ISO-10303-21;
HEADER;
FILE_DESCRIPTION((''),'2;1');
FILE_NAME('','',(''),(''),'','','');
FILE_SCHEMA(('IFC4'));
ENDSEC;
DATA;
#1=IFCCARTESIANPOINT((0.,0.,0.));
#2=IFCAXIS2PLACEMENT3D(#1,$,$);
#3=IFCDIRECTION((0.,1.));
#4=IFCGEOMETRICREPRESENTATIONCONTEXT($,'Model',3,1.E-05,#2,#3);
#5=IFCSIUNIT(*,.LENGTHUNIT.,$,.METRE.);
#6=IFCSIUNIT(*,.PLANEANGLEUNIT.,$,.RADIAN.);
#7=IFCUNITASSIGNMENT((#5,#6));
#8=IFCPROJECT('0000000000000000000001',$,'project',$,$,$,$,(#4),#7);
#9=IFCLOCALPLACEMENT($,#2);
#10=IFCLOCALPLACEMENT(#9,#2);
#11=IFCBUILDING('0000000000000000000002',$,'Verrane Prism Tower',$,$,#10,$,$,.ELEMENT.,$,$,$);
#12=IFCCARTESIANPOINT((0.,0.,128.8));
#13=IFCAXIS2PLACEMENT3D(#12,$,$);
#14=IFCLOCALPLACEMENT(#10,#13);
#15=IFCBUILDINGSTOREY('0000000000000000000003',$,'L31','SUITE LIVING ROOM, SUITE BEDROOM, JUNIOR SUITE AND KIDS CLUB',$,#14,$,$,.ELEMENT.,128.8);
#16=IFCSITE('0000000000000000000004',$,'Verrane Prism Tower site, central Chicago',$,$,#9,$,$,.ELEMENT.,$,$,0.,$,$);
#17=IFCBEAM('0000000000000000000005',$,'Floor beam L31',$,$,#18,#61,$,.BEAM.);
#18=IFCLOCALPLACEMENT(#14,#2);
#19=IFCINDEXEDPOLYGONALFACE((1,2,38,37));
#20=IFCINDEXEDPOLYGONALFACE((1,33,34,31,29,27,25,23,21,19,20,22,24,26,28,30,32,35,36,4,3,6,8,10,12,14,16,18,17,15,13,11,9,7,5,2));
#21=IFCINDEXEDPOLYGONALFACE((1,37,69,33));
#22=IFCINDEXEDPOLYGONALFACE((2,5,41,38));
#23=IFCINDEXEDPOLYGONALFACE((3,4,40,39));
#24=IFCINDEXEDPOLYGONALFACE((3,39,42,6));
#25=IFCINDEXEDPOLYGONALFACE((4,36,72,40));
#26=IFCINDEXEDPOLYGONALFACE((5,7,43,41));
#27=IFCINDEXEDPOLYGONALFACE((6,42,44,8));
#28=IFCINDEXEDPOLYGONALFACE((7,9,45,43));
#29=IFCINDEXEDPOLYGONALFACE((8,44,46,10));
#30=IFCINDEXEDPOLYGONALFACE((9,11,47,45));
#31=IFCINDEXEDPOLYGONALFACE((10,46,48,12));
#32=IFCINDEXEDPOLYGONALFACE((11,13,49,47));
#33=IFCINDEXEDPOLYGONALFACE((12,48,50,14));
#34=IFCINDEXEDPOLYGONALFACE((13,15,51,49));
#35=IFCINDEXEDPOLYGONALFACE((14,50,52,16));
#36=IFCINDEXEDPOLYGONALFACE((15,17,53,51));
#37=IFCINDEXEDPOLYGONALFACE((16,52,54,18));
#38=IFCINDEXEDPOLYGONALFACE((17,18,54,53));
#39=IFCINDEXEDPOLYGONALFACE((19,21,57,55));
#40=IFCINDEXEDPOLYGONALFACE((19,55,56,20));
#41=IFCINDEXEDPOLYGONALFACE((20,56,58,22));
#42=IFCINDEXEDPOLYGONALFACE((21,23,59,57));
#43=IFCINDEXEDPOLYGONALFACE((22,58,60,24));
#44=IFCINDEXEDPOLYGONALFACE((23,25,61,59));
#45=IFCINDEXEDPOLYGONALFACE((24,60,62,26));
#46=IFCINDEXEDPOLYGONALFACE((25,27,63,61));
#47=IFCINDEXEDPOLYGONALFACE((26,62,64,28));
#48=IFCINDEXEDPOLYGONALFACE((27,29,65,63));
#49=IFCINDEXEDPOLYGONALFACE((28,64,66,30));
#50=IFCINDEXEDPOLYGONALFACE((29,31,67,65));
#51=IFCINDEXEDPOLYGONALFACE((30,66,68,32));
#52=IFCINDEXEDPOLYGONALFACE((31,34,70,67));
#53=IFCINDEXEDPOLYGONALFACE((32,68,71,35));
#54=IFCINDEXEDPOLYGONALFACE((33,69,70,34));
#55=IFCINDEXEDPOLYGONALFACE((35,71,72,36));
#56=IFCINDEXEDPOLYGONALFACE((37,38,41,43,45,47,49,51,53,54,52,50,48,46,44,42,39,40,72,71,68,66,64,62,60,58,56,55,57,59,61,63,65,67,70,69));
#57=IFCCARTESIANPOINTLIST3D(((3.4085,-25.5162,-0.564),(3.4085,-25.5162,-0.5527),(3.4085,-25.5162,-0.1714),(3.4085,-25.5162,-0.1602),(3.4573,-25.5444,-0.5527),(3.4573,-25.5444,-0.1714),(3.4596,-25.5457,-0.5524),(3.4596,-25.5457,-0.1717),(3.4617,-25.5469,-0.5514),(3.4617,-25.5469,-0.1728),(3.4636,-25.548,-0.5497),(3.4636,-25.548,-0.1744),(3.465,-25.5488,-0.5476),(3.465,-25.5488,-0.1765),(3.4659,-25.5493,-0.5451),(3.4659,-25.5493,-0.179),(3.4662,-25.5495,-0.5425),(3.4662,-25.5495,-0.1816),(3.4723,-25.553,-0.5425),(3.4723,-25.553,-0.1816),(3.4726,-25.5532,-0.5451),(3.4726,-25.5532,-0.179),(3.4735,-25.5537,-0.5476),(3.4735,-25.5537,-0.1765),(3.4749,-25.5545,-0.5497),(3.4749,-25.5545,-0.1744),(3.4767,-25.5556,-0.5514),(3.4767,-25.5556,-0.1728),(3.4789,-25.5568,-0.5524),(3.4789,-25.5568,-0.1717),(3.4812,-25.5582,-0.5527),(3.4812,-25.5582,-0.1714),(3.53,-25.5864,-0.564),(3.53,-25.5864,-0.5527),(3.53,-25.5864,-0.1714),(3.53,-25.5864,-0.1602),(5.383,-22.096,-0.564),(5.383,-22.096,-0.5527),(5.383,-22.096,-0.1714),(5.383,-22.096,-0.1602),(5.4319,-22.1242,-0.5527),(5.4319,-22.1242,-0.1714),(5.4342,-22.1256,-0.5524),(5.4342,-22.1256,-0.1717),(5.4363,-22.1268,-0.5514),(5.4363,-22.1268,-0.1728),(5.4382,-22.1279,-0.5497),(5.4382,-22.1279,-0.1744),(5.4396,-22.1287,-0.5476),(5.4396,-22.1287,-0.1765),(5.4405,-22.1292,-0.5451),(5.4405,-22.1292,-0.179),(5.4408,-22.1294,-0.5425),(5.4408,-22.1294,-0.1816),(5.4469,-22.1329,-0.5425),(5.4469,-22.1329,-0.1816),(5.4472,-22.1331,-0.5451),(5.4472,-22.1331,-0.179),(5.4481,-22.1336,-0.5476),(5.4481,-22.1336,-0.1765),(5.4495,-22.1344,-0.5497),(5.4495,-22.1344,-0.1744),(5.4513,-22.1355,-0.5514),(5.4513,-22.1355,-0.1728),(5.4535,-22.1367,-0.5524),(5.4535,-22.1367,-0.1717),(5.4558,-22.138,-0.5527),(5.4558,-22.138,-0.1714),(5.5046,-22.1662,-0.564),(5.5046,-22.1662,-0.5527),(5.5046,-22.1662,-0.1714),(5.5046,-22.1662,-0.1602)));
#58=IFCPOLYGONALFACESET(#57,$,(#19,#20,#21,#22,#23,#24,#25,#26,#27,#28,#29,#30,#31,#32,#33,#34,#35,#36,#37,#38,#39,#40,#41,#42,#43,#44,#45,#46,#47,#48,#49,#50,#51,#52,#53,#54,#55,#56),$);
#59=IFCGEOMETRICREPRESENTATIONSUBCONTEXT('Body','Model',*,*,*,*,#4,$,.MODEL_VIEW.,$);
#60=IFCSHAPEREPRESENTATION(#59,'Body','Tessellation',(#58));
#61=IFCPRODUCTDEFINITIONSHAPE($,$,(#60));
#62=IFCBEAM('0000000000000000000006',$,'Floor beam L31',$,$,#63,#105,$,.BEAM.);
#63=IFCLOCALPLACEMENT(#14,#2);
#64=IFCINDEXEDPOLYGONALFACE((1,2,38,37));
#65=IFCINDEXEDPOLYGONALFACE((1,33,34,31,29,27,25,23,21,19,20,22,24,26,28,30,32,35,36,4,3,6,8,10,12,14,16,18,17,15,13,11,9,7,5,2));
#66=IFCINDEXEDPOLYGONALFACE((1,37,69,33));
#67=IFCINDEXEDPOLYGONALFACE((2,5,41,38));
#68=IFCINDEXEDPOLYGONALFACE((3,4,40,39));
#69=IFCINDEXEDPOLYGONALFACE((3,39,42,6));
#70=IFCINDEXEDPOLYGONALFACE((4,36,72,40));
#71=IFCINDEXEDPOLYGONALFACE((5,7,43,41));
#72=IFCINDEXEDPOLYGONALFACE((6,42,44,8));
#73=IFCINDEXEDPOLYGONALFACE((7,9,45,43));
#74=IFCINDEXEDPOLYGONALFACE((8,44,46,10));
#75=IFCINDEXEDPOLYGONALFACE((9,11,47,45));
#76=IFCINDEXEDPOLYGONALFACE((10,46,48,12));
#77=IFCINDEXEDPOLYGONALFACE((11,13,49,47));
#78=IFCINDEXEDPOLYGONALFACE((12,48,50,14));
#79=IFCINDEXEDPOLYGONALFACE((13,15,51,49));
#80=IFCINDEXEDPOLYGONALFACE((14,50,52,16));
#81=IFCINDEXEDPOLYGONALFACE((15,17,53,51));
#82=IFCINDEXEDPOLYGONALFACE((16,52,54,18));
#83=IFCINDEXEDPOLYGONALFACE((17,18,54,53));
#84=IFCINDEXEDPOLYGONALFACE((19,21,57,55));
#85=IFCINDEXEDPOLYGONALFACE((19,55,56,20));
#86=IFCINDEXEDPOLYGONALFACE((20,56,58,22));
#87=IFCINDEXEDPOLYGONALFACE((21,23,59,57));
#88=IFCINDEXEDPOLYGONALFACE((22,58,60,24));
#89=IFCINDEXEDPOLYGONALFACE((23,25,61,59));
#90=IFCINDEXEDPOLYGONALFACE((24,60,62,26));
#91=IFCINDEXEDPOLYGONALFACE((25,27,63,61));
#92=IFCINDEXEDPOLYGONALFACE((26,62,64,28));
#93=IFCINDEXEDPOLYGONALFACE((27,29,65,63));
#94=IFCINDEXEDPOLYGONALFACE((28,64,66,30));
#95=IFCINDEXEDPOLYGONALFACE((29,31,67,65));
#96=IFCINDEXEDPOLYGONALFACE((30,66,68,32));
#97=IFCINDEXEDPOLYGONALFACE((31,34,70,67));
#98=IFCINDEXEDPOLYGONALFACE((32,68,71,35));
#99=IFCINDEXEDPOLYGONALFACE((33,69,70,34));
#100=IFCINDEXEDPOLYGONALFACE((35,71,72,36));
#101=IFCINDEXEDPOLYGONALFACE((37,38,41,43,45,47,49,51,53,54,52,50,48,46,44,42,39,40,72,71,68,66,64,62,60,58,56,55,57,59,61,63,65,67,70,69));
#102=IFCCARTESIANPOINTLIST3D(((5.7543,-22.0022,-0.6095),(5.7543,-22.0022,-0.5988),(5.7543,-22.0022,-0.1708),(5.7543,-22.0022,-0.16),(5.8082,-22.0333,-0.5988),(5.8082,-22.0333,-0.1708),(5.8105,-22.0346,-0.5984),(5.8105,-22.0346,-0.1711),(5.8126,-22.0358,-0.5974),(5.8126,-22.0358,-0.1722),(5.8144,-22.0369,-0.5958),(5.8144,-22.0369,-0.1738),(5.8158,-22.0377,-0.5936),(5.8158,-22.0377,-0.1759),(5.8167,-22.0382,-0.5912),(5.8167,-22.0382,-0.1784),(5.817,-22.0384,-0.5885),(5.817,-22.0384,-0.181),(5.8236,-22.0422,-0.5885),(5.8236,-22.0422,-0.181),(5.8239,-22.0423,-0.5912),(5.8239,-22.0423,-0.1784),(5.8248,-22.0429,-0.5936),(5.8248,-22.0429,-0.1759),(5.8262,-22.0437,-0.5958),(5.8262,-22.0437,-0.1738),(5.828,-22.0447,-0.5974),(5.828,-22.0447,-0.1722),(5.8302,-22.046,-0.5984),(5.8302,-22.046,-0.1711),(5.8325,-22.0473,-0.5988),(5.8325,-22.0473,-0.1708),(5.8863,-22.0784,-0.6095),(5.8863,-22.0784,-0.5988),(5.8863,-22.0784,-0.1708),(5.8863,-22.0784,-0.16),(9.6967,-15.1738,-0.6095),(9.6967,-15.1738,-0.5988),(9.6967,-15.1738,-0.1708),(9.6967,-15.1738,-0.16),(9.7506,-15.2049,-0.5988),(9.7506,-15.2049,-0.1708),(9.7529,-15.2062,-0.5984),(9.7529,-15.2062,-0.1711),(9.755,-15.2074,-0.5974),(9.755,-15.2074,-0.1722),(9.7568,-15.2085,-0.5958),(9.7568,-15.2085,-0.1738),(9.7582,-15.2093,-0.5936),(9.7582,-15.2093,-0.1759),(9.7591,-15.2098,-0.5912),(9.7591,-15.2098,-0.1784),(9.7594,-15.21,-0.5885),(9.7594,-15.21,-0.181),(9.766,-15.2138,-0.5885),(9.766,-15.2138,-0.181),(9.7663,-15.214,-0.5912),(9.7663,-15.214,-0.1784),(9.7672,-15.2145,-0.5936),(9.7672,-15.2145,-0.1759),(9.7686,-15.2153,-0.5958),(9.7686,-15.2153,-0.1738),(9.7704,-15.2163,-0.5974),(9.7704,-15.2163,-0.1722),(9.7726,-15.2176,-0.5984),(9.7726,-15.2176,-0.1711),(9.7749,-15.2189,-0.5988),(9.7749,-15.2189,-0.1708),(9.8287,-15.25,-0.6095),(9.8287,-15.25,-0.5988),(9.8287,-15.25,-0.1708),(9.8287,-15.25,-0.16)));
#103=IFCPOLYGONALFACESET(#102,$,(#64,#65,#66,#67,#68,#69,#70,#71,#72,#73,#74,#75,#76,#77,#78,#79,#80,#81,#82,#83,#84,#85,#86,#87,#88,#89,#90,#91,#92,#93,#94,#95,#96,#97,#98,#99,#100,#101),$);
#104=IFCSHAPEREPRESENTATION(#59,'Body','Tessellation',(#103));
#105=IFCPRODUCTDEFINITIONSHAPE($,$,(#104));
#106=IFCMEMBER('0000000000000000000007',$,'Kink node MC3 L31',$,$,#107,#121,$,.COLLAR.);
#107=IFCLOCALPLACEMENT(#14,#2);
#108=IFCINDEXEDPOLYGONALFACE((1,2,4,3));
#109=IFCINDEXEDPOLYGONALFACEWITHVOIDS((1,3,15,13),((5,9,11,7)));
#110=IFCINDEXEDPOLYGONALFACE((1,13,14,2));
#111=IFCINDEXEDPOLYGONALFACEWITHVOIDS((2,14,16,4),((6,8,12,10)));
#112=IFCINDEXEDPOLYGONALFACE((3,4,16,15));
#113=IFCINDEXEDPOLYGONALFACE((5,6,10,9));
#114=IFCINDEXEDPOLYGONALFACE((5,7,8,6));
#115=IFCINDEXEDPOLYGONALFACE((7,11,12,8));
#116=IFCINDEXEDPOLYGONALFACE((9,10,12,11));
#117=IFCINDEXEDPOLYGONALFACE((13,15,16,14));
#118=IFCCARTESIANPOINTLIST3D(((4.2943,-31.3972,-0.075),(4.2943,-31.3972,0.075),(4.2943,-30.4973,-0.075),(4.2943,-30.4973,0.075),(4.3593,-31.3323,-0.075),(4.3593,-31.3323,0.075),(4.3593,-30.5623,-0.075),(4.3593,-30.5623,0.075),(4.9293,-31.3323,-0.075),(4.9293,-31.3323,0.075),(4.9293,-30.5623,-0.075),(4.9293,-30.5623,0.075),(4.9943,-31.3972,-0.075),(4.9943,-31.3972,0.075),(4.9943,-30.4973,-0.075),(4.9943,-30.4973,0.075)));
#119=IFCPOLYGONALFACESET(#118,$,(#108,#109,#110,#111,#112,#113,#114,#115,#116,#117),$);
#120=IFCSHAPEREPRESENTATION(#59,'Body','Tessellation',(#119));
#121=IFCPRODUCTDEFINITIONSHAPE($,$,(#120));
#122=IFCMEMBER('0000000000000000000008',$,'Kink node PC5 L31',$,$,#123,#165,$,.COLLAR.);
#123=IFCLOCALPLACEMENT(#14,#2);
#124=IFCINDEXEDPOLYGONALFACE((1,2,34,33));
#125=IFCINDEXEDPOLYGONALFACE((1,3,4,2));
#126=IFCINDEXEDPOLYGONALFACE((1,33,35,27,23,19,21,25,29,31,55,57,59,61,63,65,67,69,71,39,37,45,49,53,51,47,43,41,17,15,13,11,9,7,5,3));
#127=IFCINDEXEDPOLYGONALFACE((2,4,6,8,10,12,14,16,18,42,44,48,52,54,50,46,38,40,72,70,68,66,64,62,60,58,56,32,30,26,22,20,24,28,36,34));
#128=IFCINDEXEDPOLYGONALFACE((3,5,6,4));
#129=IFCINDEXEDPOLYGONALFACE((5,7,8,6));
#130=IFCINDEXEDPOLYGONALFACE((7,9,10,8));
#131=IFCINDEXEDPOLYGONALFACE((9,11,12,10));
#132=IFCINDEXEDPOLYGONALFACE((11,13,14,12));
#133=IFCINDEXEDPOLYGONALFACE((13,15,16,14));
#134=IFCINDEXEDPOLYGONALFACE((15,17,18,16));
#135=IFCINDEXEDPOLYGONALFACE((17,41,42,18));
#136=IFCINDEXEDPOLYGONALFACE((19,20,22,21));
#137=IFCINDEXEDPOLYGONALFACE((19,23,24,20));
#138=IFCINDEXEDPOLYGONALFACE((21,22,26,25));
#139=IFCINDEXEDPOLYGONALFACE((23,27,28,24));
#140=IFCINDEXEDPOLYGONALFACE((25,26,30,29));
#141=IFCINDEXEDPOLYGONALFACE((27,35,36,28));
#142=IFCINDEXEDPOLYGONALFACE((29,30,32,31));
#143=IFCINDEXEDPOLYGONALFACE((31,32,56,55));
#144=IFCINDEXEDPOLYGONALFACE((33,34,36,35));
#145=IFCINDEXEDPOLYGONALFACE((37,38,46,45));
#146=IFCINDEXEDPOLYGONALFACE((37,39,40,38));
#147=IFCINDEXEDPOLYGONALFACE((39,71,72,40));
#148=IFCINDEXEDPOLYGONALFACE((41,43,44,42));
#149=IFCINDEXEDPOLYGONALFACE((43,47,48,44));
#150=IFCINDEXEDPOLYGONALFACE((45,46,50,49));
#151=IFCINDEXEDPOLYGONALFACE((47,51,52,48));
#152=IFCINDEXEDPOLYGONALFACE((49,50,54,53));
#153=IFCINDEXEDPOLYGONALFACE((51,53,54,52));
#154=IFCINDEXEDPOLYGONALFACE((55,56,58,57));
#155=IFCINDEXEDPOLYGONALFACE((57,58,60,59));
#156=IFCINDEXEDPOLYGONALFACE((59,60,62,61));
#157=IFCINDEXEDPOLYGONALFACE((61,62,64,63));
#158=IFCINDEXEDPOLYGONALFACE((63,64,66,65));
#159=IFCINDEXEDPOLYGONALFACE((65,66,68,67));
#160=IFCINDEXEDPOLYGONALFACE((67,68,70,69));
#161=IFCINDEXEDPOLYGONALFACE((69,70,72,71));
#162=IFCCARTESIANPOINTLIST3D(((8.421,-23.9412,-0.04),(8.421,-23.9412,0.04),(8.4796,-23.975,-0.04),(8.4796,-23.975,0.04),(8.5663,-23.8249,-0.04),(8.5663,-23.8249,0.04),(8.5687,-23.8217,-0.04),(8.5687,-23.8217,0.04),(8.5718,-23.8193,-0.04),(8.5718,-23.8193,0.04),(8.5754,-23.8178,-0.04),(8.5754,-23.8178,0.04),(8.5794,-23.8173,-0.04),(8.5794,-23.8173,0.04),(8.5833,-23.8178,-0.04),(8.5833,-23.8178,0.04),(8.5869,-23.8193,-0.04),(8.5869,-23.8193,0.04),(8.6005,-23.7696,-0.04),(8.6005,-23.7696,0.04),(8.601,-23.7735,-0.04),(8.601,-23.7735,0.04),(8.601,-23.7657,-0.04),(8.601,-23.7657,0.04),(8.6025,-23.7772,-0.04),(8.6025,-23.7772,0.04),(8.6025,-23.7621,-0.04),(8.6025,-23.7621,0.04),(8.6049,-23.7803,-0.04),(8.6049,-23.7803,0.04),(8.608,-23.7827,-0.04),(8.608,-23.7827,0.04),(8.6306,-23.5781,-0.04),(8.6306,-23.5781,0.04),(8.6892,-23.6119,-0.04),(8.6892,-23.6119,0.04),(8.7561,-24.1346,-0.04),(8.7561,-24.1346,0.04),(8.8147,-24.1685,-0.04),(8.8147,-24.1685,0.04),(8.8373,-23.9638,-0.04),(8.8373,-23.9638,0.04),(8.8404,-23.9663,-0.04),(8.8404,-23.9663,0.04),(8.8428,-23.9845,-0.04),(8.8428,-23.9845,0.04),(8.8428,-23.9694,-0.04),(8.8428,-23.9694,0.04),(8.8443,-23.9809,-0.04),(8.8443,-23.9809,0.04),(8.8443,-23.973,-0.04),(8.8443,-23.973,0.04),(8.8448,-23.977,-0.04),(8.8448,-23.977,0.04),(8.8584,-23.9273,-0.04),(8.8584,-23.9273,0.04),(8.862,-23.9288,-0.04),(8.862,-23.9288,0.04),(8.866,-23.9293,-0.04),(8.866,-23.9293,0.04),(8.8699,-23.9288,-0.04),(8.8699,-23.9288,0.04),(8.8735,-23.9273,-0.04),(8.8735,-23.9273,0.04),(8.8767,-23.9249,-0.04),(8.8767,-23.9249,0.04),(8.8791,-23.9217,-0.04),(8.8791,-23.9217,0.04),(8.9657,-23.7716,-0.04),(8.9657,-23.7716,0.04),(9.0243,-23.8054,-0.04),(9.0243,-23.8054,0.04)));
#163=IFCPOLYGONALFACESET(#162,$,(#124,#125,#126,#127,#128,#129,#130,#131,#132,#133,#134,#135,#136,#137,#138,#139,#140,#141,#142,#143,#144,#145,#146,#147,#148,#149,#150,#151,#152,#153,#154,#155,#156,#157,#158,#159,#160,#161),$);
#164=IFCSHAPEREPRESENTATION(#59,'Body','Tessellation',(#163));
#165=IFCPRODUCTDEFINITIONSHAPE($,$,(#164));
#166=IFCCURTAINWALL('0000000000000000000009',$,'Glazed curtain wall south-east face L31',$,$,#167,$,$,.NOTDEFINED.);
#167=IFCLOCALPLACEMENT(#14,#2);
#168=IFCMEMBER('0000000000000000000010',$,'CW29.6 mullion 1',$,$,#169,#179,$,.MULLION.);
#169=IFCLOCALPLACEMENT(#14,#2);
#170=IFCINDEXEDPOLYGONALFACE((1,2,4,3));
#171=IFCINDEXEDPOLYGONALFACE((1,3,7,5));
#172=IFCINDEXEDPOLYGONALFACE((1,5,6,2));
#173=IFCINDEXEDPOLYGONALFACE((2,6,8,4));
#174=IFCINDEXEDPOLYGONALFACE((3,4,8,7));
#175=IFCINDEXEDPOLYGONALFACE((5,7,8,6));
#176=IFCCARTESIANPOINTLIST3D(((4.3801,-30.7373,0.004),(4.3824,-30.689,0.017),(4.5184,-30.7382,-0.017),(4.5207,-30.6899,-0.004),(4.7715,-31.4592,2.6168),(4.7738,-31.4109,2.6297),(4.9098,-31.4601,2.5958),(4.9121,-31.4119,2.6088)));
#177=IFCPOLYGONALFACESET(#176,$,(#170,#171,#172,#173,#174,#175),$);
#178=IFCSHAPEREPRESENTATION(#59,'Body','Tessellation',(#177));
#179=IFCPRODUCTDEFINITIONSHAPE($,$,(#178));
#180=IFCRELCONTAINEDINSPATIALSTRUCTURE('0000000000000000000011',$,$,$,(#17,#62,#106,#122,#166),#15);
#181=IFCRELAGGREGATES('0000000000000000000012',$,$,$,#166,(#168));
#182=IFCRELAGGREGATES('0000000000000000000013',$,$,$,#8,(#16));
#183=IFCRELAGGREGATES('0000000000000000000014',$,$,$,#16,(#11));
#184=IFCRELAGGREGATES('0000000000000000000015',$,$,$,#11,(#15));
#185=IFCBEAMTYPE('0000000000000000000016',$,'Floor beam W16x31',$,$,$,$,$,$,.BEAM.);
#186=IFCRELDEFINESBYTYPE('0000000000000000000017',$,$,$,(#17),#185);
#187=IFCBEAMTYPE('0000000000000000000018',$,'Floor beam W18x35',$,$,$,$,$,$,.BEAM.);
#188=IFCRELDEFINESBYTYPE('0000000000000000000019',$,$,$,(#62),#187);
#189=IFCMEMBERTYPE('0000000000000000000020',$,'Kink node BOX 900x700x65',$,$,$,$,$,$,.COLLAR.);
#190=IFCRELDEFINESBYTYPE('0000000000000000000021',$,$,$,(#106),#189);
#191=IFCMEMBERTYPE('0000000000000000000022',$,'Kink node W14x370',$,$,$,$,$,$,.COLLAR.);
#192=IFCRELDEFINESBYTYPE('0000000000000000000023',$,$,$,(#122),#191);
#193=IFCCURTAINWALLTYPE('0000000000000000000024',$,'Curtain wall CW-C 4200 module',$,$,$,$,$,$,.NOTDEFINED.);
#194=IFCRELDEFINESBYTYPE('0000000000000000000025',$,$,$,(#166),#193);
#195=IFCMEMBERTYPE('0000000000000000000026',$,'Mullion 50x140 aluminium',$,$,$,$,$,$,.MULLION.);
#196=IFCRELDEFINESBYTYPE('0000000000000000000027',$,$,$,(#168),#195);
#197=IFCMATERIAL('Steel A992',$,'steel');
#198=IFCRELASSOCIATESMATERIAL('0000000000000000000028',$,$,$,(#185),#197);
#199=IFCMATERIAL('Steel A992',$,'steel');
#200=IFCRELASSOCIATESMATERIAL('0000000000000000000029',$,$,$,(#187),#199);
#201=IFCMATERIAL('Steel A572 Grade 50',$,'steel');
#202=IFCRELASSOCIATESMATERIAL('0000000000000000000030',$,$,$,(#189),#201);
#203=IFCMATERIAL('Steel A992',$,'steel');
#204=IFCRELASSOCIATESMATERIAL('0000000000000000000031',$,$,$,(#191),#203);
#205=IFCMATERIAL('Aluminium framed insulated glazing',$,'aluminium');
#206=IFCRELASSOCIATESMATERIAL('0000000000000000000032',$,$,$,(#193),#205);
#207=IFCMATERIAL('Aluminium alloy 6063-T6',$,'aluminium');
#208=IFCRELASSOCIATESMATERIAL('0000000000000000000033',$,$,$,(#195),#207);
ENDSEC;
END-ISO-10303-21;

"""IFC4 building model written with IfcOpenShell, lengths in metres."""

from ifc_helpers import new_model, si_unit, direction, frame, origin, origin_2d, place, context, subcontext, project, spatial, rectangle, hollow_rectangle, i_section, extrude, material, material_profile, profile_set, type_object, element, aggregate, save


model = new_model("IFC4")

# Units and contexts
model_context = context("Model", 3, precision=1e-05, world=origin(), true_north=direction((0.0, 1.0)))
body_context = subcontext(model_context, "Body", "Model", "MODEL_VIEW")
ifc_project = project(units=[si_unit("LENGTHUNIT", "METRE"), si_unit("PLANEANGLEUNIT", "RADIAN")], contexts=[model_context])

# Site, building, storey
site_placement = place(None, origin())
site = spatial("IfcSite", under=ifc_project, at=site_placement, Name="Verrane Prism Tower site, central Chicago", CompositionType="ELEMENT", RefElevation=0.0)
building_placement = place(site_placement, origin())
building = spatial("IfcBuilding", under=site, at=building_placement, Name="Verrane Prism Tower", CompositionType="ELEMENT")
storey_placement = place(building_placement, frame((0.0, 0.0, 128.8)))
storey = spatial("IfcBuildingStorey", under=building, at=storey_placement, Name="L31", Description="SUITE LIVING ROOM, SUITE BEDROOM, JUNIOR SUITE AND KIDS CLUB", CompositionType="ELEMENT", Elevation=128.8)

# Beams
ifc_material_1 = material(Name="Steel A992", Category="steel")
ifc_material_profile_1 = material_profile(ifc_material_1, i_section(OverallWidth=0.1404, OverallDepth=0.4038, WebThickness=0.0071, FlangeThickness=0.0112, FilletRadius=0.0103, at=origin_2d()), Name="W16x31")
ifc_profile_set_1 = profile_set([ifc_material_profile_1], Name="Steel A992")
beam_type_1 = type_object("IfcBeamType", Name="Floor beam W16x31", PredefinedType="BEAM", material=ifc_profile_set_1)
beam_1_placement = place(storey_placement, frame((3.4692, -25.5513, -0.3621), z_axis=(0.499995, 0.866028, 0.0), x_axis=(-0.866028, 0.499995, 0.0)))
element("IfcBeam", 1, at=beam_1_placement, inside=storey, type_object=beam_type_1, Name="Floor beam L31", PredefinedType="BEAM", context=body_context, shape_type="SweptSolid", body=[
    extrude(i_section(OverallWidth=0.1404, OverallDepth=0.4038, WebThickness=0.0071, FlangeThickness=0.0112, FilletRadius=0.0103, at=origin_2d()), origin(), (0.0, 0.0, 1.0), 3.9492),
])
ifc_material_2 = material(Name="Steel A992", Category="steel")
ifc_material_profile_2 = material_profile(ifc_material_2, i_section(OverallWidth=0.1523, OverallDepth=0.4495, WebThickness=0.0076, FlangeThickness=0.0107, FilletRadius=0.0103, at=origin_2d()), Name="W18x35")
ifc_profile_set_2 = profile_set([ifc_material_profile_2], Name="Steel A992")
beam_type_2 = type_object("IfcBeamType", Name="Floor beam W18x35", PredefinedType="BEAM", material=ifc_profile_set_2)
beam_2_placement = place(storey_placement, frame((5.8203, -22.0403, -0.3848), z_axis=(0.500002, 0.866024, 0.0), x_axis=(-0.866024, 0.500002, 0.0)))
element("IfcBeam", 2, at=beam_2_placement, inside=storey, type_object=beam_type_2, Name="Floor beam L31", PredefinedType="BEAM", context=body_context, shape_type="SweptSolid", body=[
    extrude(i_section(OverallWidth=0.1523, OverallDepth=0.4495, WebThickness=0.0076, FlangeThickness=0.0107, FilletRadius=0.0103, at=origin_2d()), origin(), (0.0, 0.0, 1.0), 7.8848),
])

# Members
ifc_material_3 = material(Name="Steel A572 Grade 50", Category="steel")
ifc_material_profile_3 = material_profile(ifc_material_3, hollow_rectangle(XDim=0.7, YDim=0.8999, WallThickness=0.0649, at=origin_2d()), Name="BOX 900x700x65")
ifc_profile_set_3 = profile_set([ifc_material_profile_3], Name="Steel A572 Grade 50")
member_type_1 = type_object("IfcMemberType", Name="Kink node BOX 900x700x65", PredefinedType="COLLAR", material=ifc_profile_set_3)
member_1_placement = place(storey_placement, frame((4.6443, -30.9473, -0.075), z_axis=(0.0, 0.0, 1.0), x_axis=(-1.0, 0.0, 0.0)))
element("IfcMember", 3, at=member_1_placement, inside=storey, type_object=member_type_1, Name="Kink node MC3 L31", PredefinedType="COLLAR", context=body_context, shape_type="SweptSolid", body=[
    extrude(hollow_rectangle(XDim=0.7, YDim=0.8999, WallThickness=0.0649, at=origin_2d()), origin(), (0.0, 0.0, 1.0), 0.1499),
])
ifc_material_4 = material(Name="Steel A992", Category="steel")
ifc_material_profile_4 = material_profile(ifc_material_4, i_section(OverallWidth=0.4192, OverallDepth=0.4546, WebThickness=0.0422, FlangeThickness=0.0676, FilletRadius=0.0151, at=origin_2d()), Name="W14x370")
ifc_profile_set_4 = profile_set([ifc_material_profile_4], Name="Steel A992")
member_type_2 = type_object("IfcMemberType", Name="Kink node W14x370", PredefinedType="COLLAR", material=ifc_profile_set_4)
member_2_placement = place(storey_placement, frame((8.7227, -23.8733, -0.04), z_axis=(0.0, 0.0, 1.0), x_axis=(-0.5, -0.866025, 0.0)))
element("IfcMember", 4, at=member_2_placement, inside=storey, type_object=member_type_2, Name="Kink node PC5 L31", PredefinedType="COLLAR", context=body_context, shape_type="SweptSolid", body=[
    extrude(i_section(OverallWidth=0.4192, OverallDepth=0.4546, WebThickness=0.0422, FlangeThickness=0.0676, FilletRadius=0.0151, at=origin_2d()), origin(), (0.0, 0.0, 1.0), 0.0801),
])

# Curtain wall, member
ifc_material_5 = material(Name="Aluminium framed insulated glazing", Category="aluminium")
curtain_wall_type = type_object("IfcCurtainWallType", Name="Curtain wall CW-C 4200 module", PredefinedType="NOTDEFINED", material=ifc_material_5)
curtain_wall_placement = place(storey_placement, origin())
curtain_wall = element("IfcCurtainWall", 5, at=curtain_wall_placement, inside=storey, type_object=curtain_wall_type, Name="Glazed curtain wall south-east face L31", PredefinedType="NOTDEFINED")
ifc_material_6 = material(Name="Aluminium alloy 6063-T6", Category="aluminium")
ifc_material_profile_5 = material_profile(ifc_material_6, rectangle(XDim=0.1399, YDim=0.05, at=origin_2d()), Name="Mullion 50x140 aluminium")
ifc_profile_set_5 = profile_set([ifc_material_profile_5], Name="Aluminium alloy 6063-T6")
member_type_3 = type_object("IfcMemberType", Name="Mullion 50x140 aluminium", PredefinedType="MULLION", material=ifc_profile_set_5)
member_3_placement = place(storey_placement, frame((4.4504, -30.7136, 0.0), z_axis=(0.142894, -0.263591, 0.953992), x_axis=(-0.988677, 0.006612, 0.149916)))
member_3 = element("IfcMember", 6, at=member_3_placement, type_object=member_type_3, Name="CW29.6 mullion 1", PredefinedType="MULLION", context=body_context, shape_type="SweptSolid", body=[
    extrude(rectangle(XDim=0.1399, YDim=0.05, at=origin_2d()), origin(), (0.0, 0.0, 1.0), 2.7388),
])

aggregate(curtain_wall, [member_3])

save(model, "model.ifc")
